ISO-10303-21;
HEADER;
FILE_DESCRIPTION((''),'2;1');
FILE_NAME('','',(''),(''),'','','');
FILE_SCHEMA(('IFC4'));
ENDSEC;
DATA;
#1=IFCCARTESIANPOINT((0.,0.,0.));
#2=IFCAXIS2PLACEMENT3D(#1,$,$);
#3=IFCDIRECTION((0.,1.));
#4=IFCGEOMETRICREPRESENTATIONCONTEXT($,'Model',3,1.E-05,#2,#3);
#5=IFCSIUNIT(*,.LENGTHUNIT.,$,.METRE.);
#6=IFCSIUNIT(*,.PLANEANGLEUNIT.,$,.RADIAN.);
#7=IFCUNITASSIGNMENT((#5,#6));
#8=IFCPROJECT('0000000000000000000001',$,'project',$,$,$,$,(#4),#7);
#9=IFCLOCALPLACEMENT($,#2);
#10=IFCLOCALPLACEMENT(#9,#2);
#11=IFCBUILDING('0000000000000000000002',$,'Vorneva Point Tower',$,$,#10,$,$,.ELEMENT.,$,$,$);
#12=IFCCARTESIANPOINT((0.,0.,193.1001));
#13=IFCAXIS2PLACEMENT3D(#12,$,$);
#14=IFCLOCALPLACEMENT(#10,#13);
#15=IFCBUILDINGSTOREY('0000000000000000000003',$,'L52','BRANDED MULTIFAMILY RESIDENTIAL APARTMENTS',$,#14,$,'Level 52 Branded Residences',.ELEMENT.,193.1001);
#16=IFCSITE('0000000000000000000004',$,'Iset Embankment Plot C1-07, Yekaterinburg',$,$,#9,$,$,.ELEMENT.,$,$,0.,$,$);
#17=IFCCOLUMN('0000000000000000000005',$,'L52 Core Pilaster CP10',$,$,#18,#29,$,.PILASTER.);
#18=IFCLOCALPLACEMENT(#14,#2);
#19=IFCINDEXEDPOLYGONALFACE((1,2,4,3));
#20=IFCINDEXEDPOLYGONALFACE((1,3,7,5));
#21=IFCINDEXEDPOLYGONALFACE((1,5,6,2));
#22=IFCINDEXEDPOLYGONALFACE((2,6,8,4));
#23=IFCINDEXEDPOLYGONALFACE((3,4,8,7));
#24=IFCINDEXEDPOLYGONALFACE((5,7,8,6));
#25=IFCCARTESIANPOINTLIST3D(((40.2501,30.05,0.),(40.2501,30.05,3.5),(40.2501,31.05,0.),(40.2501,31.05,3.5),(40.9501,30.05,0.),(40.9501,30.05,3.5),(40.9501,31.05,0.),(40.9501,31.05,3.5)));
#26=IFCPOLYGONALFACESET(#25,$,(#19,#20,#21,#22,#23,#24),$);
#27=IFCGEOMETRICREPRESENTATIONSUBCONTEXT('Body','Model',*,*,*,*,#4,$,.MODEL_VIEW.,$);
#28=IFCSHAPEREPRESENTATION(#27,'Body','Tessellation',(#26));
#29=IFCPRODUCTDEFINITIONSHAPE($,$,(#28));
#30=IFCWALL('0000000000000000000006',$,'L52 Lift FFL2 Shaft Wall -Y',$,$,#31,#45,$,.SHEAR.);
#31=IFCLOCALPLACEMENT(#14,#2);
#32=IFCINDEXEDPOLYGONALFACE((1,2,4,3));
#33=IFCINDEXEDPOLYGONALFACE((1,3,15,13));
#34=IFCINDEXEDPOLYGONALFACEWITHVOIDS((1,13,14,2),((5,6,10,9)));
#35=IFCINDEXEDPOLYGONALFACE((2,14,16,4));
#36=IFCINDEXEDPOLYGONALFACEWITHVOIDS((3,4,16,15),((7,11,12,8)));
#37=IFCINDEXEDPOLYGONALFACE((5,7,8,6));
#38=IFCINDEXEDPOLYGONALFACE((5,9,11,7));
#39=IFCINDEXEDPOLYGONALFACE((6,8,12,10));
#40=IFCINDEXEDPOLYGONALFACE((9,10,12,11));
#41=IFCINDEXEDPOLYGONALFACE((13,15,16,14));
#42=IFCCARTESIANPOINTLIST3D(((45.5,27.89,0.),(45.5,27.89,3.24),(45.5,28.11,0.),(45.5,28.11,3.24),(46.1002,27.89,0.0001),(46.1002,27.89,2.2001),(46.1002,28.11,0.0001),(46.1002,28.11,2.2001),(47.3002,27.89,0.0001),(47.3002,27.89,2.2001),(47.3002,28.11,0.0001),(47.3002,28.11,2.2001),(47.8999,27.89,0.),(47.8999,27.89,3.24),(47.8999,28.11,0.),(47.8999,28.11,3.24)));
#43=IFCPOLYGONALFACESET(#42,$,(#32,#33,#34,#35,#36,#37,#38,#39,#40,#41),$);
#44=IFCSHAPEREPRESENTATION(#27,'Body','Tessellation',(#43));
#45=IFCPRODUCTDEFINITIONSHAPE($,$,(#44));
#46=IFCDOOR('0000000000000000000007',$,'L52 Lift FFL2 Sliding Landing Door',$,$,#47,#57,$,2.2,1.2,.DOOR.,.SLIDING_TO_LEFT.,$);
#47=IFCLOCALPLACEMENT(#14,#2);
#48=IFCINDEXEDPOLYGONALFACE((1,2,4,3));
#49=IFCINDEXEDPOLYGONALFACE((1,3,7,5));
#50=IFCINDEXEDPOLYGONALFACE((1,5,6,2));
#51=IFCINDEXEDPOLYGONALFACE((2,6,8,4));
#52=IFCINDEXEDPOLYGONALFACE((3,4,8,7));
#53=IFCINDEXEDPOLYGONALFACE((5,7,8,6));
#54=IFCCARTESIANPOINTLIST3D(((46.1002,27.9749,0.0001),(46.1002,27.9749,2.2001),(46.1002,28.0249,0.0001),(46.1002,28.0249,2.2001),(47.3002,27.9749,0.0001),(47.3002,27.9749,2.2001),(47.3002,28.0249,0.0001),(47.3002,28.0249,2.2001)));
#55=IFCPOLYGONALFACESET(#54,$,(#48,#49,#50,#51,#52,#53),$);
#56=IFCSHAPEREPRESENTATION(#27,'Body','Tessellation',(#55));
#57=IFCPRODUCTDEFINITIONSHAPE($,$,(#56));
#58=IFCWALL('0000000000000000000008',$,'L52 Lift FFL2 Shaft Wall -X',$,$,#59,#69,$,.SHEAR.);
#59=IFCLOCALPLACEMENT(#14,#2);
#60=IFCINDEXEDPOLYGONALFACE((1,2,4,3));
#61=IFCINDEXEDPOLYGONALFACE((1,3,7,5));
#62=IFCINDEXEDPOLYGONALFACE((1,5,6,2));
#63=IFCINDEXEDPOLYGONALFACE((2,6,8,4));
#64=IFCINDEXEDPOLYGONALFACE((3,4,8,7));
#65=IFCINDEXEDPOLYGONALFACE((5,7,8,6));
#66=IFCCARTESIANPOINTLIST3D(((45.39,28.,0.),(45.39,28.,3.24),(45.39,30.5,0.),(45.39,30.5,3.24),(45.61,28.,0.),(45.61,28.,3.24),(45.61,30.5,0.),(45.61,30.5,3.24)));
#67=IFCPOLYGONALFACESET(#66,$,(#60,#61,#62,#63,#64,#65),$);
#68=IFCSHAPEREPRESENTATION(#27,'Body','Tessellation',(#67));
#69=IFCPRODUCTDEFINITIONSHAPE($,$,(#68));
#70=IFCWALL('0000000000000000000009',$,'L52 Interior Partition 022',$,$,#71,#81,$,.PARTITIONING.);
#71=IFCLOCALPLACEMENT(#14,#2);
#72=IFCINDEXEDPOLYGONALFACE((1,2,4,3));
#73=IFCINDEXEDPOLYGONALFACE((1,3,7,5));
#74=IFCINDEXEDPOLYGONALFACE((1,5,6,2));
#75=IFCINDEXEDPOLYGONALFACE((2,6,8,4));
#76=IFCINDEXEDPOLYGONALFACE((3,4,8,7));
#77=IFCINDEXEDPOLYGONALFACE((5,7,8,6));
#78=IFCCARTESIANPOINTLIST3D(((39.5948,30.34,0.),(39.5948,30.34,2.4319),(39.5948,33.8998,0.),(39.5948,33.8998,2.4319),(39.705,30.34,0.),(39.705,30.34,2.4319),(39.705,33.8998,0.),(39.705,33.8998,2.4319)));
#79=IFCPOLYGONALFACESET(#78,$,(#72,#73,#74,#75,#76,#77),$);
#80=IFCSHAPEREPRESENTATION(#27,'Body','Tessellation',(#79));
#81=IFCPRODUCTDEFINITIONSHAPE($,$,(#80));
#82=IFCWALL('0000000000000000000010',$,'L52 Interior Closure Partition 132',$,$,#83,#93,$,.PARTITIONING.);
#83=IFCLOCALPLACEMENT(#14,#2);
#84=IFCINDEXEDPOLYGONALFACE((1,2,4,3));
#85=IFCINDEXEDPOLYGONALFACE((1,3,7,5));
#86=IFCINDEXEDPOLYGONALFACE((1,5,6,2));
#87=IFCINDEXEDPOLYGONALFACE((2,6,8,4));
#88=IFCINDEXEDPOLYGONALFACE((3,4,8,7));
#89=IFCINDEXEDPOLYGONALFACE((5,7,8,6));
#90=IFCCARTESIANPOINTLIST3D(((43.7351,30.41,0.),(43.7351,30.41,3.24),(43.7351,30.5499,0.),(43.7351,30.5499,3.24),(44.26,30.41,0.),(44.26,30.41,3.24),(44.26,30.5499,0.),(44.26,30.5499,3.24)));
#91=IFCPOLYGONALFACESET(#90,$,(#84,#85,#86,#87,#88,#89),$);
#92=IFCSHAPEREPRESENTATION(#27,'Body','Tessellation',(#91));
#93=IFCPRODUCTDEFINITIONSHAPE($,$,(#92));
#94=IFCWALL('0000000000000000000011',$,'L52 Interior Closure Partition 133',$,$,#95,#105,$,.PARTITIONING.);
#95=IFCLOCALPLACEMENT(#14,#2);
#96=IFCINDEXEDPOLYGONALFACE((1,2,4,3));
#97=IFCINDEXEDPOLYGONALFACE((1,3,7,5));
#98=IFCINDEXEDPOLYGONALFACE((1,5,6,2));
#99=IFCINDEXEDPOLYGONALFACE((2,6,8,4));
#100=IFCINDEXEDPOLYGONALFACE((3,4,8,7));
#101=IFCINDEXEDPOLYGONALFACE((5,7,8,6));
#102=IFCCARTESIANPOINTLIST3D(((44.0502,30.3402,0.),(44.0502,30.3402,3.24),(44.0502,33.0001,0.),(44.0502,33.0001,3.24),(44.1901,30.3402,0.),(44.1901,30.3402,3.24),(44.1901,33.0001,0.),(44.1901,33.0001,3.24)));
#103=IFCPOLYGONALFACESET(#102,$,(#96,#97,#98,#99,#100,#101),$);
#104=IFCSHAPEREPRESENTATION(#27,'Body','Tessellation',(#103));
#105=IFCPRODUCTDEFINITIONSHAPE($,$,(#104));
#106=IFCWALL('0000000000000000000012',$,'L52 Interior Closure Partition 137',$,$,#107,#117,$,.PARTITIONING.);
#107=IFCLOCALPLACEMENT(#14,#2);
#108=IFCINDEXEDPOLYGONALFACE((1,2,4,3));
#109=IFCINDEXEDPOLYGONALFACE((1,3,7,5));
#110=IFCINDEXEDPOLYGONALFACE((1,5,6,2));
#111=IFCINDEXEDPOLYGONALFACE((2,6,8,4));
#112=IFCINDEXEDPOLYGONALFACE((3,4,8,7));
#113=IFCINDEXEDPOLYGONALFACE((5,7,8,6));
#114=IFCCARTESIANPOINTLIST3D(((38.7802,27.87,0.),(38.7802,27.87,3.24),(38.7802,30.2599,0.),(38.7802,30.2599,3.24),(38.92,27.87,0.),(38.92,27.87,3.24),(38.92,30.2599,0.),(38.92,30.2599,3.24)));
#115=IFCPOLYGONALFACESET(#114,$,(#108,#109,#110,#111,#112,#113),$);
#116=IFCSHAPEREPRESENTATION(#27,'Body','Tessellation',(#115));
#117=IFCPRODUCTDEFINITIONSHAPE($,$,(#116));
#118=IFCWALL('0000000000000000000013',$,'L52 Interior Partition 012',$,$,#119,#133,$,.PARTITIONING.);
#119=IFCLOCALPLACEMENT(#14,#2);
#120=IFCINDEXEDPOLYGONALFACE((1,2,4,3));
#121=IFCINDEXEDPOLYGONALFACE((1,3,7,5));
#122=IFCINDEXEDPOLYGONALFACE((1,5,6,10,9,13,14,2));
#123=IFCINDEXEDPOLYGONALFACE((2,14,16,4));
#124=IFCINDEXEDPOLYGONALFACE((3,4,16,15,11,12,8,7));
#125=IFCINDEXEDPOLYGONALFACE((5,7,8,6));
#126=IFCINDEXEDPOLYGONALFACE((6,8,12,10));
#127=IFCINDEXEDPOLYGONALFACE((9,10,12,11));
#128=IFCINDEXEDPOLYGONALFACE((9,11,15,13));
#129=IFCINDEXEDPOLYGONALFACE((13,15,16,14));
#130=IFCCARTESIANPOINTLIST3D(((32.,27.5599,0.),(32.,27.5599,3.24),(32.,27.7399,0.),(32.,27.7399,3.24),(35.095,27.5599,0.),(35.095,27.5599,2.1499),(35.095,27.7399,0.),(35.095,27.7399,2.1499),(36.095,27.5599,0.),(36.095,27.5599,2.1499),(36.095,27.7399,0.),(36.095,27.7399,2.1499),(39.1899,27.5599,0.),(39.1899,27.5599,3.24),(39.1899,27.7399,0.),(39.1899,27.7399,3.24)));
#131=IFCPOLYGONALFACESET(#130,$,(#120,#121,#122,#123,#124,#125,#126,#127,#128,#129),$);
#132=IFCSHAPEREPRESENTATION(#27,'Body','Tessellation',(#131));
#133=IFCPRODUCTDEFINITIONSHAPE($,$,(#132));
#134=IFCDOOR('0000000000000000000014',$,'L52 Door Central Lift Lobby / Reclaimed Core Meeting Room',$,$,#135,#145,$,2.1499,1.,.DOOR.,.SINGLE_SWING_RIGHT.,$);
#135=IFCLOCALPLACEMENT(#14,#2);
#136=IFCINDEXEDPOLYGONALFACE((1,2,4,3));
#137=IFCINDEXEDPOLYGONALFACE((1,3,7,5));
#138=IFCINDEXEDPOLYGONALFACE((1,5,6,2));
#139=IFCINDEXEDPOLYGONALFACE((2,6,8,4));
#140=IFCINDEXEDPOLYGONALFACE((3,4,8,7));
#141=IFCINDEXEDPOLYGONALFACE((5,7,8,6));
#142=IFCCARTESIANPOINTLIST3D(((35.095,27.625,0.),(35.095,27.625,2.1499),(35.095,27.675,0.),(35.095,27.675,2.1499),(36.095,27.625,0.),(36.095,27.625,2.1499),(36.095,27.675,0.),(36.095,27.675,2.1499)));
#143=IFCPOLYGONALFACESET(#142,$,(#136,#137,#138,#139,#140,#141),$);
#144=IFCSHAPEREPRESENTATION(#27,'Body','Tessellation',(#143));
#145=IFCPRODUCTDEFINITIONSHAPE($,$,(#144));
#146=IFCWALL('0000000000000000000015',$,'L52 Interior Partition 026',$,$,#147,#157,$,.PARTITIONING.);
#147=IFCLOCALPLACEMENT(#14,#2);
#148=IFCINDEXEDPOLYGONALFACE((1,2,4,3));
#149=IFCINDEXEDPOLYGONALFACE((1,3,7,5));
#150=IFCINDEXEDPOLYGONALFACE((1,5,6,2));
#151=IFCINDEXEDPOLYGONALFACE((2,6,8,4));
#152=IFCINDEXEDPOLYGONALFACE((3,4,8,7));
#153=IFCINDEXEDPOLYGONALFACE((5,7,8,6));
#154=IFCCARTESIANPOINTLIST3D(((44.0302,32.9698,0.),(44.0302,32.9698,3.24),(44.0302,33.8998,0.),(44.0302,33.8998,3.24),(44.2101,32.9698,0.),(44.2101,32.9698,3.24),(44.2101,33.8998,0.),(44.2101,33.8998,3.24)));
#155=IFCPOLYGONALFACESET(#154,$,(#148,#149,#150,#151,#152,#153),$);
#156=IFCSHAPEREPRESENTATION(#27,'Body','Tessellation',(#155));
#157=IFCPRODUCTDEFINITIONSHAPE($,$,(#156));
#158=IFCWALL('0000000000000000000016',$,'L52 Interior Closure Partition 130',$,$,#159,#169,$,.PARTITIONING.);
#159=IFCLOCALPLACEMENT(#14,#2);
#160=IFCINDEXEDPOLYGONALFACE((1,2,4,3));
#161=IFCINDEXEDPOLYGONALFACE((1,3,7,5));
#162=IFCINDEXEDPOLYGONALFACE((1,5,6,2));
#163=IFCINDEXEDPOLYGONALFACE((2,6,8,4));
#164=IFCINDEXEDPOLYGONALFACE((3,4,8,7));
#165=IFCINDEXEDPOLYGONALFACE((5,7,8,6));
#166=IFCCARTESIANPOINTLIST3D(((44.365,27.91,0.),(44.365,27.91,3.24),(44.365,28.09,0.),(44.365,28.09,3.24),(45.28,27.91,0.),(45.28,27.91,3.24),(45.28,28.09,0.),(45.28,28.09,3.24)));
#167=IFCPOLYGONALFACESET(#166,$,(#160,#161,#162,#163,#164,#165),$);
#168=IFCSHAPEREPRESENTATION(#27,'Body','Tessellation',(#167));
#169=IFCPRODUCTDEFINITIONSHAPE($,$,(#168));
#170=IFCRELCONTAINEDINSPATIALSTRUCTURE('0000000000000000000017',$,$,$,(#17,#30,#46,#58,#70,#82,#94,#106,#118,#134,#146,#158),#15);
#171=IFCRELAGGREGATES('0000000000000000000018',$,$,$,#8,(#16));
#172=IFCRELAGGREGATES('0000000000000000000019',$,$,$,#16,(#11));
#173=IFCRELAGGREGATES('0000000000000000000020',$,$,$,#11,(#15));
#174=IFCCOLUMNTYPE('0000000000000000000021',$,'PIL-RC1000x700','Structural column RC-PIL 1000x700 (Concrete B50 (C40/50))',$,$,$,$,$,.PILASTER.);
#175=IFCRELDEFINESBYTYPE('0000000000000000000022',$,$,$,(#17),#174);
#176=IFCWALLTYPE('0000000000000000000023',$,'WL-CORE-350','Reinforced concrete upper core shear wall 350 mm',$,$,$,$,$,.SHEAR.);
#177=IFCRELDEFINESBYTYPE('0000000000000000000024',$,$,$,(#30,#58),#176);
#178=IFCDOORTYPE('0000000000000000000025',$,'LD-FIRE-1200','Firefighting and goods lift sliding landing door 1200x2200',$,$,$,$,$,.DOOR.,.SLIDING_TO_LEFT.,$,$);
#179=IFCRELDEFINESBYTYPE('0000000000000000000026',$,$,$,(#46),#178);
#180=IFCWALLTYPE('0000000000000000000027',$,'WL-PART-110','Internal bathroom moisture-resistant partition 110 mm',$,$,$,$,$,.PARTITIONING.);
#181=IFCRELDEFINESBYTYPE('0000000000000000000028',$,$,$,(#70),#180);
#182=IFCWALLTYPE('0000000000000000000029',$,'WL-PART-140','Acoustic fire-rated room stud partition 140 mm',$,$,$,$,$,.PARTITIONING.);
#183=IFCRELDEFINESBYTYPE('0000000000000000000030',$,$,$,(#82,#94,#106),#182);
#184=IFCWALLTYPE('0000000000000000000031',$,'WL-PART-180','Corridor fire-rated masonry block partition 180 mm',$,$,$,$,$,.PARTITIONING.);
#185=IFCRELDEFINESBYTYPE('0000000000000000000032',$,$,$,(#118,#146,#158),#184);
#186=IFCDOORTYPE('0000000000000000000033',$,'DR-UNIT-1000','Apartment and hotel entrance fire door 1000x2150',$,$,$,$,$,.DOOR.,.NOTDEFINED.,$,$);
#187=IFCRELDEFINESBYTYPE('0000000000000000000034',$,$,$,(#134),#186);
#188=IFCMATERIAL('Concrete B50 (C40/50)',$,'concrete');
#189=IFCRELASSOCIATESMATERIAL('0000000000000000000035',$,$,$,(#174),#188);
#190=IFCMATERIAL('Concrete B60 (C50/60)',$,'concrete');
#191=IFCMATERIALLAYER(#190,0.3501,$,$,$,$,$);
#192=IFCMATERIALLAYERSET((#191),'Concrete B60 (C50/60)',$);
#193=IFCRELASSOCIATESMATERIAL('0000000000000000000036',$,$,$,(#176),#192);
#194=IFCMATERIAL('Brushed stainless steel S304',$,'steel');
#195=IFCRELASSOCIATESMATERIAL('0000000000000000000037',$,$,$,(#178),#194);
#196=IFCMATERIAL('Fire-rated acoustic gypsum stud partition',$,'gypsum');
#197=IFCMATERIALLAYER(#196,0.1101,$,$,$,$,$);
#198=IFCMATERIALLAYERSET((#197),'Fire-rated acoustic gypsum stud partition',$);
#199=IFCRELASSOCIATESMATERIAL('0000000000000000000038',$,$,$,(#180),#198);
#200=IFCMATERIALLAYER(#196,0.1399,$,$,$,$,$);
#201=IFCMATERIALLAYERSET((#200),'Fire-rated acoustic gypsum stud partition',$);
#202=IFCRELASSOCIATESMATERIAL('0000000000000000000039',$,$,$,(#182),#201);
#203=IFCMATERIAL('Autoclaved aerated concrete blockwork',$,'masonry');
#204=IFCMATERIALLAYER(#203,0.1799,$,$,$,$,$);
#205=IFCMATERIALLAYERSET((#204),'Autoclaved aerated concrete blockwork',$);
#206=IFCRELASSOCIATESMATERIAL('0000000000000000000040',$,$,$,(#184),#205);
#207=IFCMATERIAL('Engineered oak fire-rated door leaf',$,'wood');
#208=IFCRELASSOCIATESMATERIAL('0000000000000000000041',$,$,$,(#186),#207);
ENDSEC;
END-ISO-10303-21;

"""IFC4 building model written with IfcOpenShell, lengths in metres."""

from ifc_helpers import new_model, si_unit, direction, frame, frame_2d, origin, origin_2d, place, context, subcontext, project, spatial, rectangle, extrude, material, layer, layer_set, material_profile, profile_set, type_object, element, fill, save


model = new_model("IFC4")

# Units and contexts
model_context = context("Model", 3, precision=1e-05, world=origin(), true_north=direction((0.0, 1.0)))
body_context = subcontext(model_context, "Body", "Model", "MODEL_VIEW")
ifc_project = project(units=[si_unit("LENGTHUNIT", "METRE"), si_unit("PLANEANGLEUNIT", "RADIAN")], contexts=[model_context])

# Site, building, storey
site_placement = place(None, origin())
site = spatial("IfcSite", under=ifc_project, at=site_placement, Name="Iset Embankment Plot C1-07, Yekaterinburg", CompositionType="ELEMENT", RefElevation=0.0)
building_placement = place(site_placement, origin())
building = spatial("IfcBuilding", under=site, at=building_placement, Name="Vorneva Point Tower", CompositionType="ELEMENT")
storey_placement = place(building_placement, frame((0.0, 0.0, 193.1001)))
storey = spatial("IfcBuildingStorey", under=building, at=storey_placement, Name="L52", Description="BRANDED MULTIFAMILY RESIDENTIAL APARTMENTS", LongName="Level 52 Branded Residences", CompositionType="ELEMENT", Elevation=193.1001)

# Column
ifc_material_1 = material(Name="Concrete B50 (C40/50)", Category="concrete")
ifc_material_profile = material_profile(ifc_material_1, rectangle(XDim=0.7, YDim=1.0, at=origin_2d()), Name="RC-PIL 1000x700")
ifc_profile_set = profile_set([ifc_material_profile], Name="Concrete B50 (C40/50)")
column_type = type_object("IfcColumnType", Name="PIL-RC1000x700", Description="Structural column RC-PIL 1000x700 (Concrete B50 (C40/50))", PredefinedType="PILASTER", material=ifc_profile_set)
column_placement = place(storey_placement, frame((40.6001, 30.55, 0.0), z_axis=(0.0, 0.0, 1.0), x_axis=(1.0, 0.0, 0.0)))
element("IfcColumn", 1, at=column_placement, inside=storey, type_object=column_type, Name="L52 Core Pilaster CP10", PredefinedType="PILASTER", context=body_context, shape_type="SweptSolid", body=[
    extrude(rectangle(XDim=0.7, YDim=1.0, at=origin_2d()), origin(), (0.0, 0.0, 1.0), 3.5),
])

# Wall, opening, door
ifc_material_2 = material(Name="Concrete B60 (C50/60)", Category="concrete")
ifc_layer_1 = layer(ifc_material_2, 0.3501)
ifc_layer_set_1 = layer_set([ifc_layer_1], Name="Concrete B60 (C50/60)")
wall_type_1 = type_object("IfcWallType", Name="WL-CORE-350", Description="Reinforced concrete upper core shear wall 350 mm", PredefinedType="SHEAR", material=ifc_layer_set_1)
wall_1_placement = place(storey_placement, frame((45.5, 28.0, 0.0), z_axis=(0.0, 0.0, 1.0), x_axis=(1.0, 0.0, 0.0)))
wall_1 = element("IfcWall", 2, at=wall_1_placement, inside=storey, type_object=wall_type_1, Name="L52 Lift FFL2 Shaft Wall -Y", PredefinedType="SHEAR", context=body_context, shape_type="SweptSolid", body=[
    extrude(rectangle(XDim=2.3999, YDim=0.22, at=frame_2d((1.2, 0.0))), origin(), (0.0, 0.0, 1.0), 3.24),
])
opening_1_placement = place(wall_1_placement, frame((0.6001, 0.0, 0.0)))
opening_1 = element("IfcOpeningElement", 3, at=opening_1_placement, cuts=wall_1, PredefinedType="OPENING", context=body_context, shape_type="SweptSolid", body=[
    extrude(rectangle(XDim=1.2, YDim=2.2, at=frame_2d((0.6001, 1.1001))), frame((0.0, 0.125, 0.0), z_axis=(0.0, -1.0, 0.0), x_axis=(1.0, 0.0, 0.0)), (0.0, 0.0, 1.0), 0.2498),
])
ifc_material_3 = material(Name="Brushed stainless steel S304", Category="steel")
door_type_1 = type_object("IfcDoorType", Name="LD-FIRE-1200", Description="Firefighting and goods lift sliding landing door 1200x2200", OperationType="SLIDING_TO_LEFT", PredefinedType="DOOR", material=ifc_material_3)
door_1_placement = place(opening_1_placement, origin())
door_1 = element("IfcDoor", 4, at=door_1_placement, inside=storey, type_object=door_type_1, Name="L52 Lift FFL2 Sliding Landing Door", OperationType="SLIDING_TO_LEFT", OverallHeight=2.2, OverallWidth=1.2, PredefinedType="DOOR", context=body_context, shape_type="SweptSolid", body=[
    extrude(rectangle(XDim=1.2, YDim=2.2, at=frame_2d((0.6001, 1.1001))), frame((0.0, 0.0249, 0.0), z_axis=(0.0, -1.0, 0.0), x_axis=(1.0, 0.0, 0.0)), (0.0, 0.0, 1.0), 0.05),
])
fill(opening_1, door_1)

# Walls
wall_2_placement = place(storey_placement, frame((45.5, 30.5, 0.0), z_axis=(0.0, 0.0, 1.0), x_axis=(0.0, -1.0, 0.0)))
element("IfcWall", 5, at=wall_2_placement, inside=storey, type_object=wall_type_1, Name="L52 Lift FFL2 Shaft Wall -X", PredefinedType="SHEAR", context=body_context, shape_type="SweptSolid", body=[
    extrude(rectangle(XDim=2.5, YDim=0.22, at=frame_2d((1.25, 0.0))), origin(), (0.0, 0.0, 1.0), 3.24),
])
ifc_material_4 = material(Name="Fire-rated acoustic gypsum stud partition", Category="gypsum")
ifc_layer_2 = layer(ifc_material_4, 0.1101)
ifc_layer_set_2 = layer_set([ifc_layer_2], Name="Fire-rated acoustic gypsum stud partition")
wall_type_2 = type_object("IfcWallType", Name="WL-PART-110", Description="Internal bathroom moisture-resistant partition 110 mm", PredefinedType="PARTITIONING", material=ifc_layer_set_2)
wall_3_placement = place(storey_placement, frame((39.6499, 30.3401, 0.0), z_axis=(0.0, 0.0, 1.0), x_axis=(0.0, 1.0, 0.0)))
element("IfcWall", 6, at=wall_3_placement, inside=storey, type_object=wall_type_2, Name="L52 Interior Partition 022", PredefinedType="PARTITIONING", context=body_context, shape_type="SweptSolid", body=[
    extrude(rectangle(XDim=3.5598, YDim=0.1101, at=frame_2d((1.7798, 0.0))), origin(), (0.0, 0.0, 1.0), 2.4319),
])
ifc_layer_3 = layer(ifc_material_4, 0.1399)
ifc_layer_set_3 = layer_set([ifc_layer_3], Name="Fire-rated acoustic gypsum stud partition")
wall_type_3 = type_object("IfcWallType", Name="WL-PART-140", Description="Acoustic fire-rated room stud partition 140 mm", PredefinedType="PARTITIONING", material=ifc_layer_set_3)
wall_4_placement = place(storey_placement, frame((43.7351, 30.48, 0.0), z_axis=(0.0, 0.0, 1.0), x_axis=(1.0, 0.0, 0.0)))
element("IfcWall", 7, at=wall_4_placement, inside=storey, type_object=wall_type_3, Name="L52 Interior Closure Partition 132", PredefinedType="PARTITIONING", context=body_context, shape_type="SweptSolid", body=[
    extrude(rectangle(XDim=0.5249, YDim=0.1399, at=frame_2d((0.2625, 0.0))), origin(), (0.0, 0.0, 1.0), 3.24),
])
wall_5_placement = place(storey_placement, frame((44.1201, 30.3401, 0.0), z_axis=(0.0, 0.0, 1.0), x_axis=(0.0, 1.0, 0.0)))
element("IfcWall", 8, at=wall_5_placement, inside=storey, type_object=wall_type_3, Name="L52 Interior Closure Partition 133", PredefinedType="PARTITIONING", context=body_context, shape_type="SweptSolid", body=[
    extrude(rectangle(XDim=2.6599, YDim=0.1399, at=frame_2d((1.3301, 0.0))), origin(), (0.0, 0.0, 1.0), 3.24),
])
wall_6_placement = place(storey_placement, frame((38.8501, 27.8701, 0.0), z_axis=(0.0, 0.0, 1.0), x_axis=(0.0, 1.0, 0.0)))
element("IfcWall", 9, at=wall_6_placement, inside=storey, type_object=wall_type_3, Name="L52 Interior Closure Partition 137", PredefinedType="PARTITIONING", context=body_context, shape_type="SweptSolid", body=[
    extrude(rectangle(XDim=2.3899, YDim=0.1399, at=frame_2d((1.1948, 0.0))), origin(), (0.0, 0.0, 1.0), 3.24),
])

# Wall, opening, door
ifc_material_5 = material(Name="Autoclaved aerated concrete blockwork", Category="masonry")
ifc_layer_4 = layer(ifc_material_5, 0.1799)
ifc_layer_set_4 = layer_set([ifc_layer_4], Name="Autoclaved aerated concrete blockwork")
wall_type_4 = type_object("IfcWallType", Name="WL-PART-180", Description="Corridor fire-rated masonry block partition 180 mm", PredefinedType="PARTITIONING", material=ifc_layer_set_4)
wall_7_placement = place(storey_placement, frame((39.1899, 27.6499, 0.0), z_axis=(0.0, 0.0, 1.0), x_axis=(-1.0, 0.0, 0.0)))
wall_7 = element("IfcWall", 10, at=wall_7_placement, inside=storey, type_object=wall_type_4, Name="L52 Interior Partition 012", PredefinedType="PARTITIONING", context=body_context, shape_type="SweptSolid", body=[
    extrude(rectangle(XDim=7.1899, YDim=0.1799, at=frame_2d((3.595, 0.0))), origin(), (0.0, 0.0, 1.0), 3.24),
])
opening_2_placement = place(wall_7_placement, frame((3.095, 0.0, 0.0)))
opening_2 = element("IfcOpeningElement", 11, at=opening_2_placement, cuts=wall_7, PredefinedType="OPENING", context=body_context, shape_type="SweptSolid", body=[
    extrude(rectangle(XDim=1.0, YDim=2.1499, at=frame_2d((0.5, 1.075))), frame((0.0, 0.105, 0.0), z_axis=(0.0, -1.0, 0.0), x_axis=(1.0, 0.0, 0.0)), (0.0, 0.0, 1.0), 0.2097),
])
ifc_material_6 = material(Name="Engineered oak fire-rated door leaf", Category="wood")
door_type_2 = type_object("IfcDoorType", Name="DR-UNIT-1000", Description="Apartment and hotel entrance fire door 1000x2150", OperationType="NOTDEFINED", PredefinedType="DOOR", material=ifc_material_6)
door_2_placement = place(opening_2_placement, origin())
door_2 = element("IfcDoor", 12, at=door_2_placement, inside=storey, type_object=door_type_2, Name="L52 Door Central Lift Lobby / Reclaimed Core Meeting Room", OperationType="SINGLE_SWING_RIGHT", OverallHeight=2.1499, OverallWidth=1.0, PredefinedType="DOOR", context=body_context, shape_type="SweptSolid", body=[
    extrude(rectangle(XDim=1.0, YDim=2.1499, at=frame_2d((0.5, 1.075))), frame((0.0, 0.0249, 0.0), z_axis=(0.0, -1.0, 0.0), x_axis=(1.0, 0.0, 0.0)), (0.0, 0.0, 1.0), 0.05),
])
fill(opening_2, door_2)

# Walls
wall_8_placement = place(storey_placement, frame((44.1201, 32.97, 0.0), z_axis=(0.0, 0.0, 1.0), x_axis=(0.0, 1.0, 0.0)))
element("IfcWall", 13, at=wall_8_placement, inside=storey, type_object=wall_type_4, Name="L52 Interior Partition 026", PredefinedType="PARTITIONING", context=body_context, shape_type="SweptSolid", body=[
    extrude(rectangle(XDim=0.9299, YDim=0.1799, at=frame_2d((0.4648, 0.0))), origin(), (0.0, 0.0, 1.0), 3.24),
])
wall_9_placement = place(storey_placement, frame((45.28, 28.0, 0.0), z_axis=(0.0, 0.0, 1.0), x_axis=(-1.0, 0.0, 0.0)))
element("IfcWall", 14, at=wall_9_placement, inside=storey, type_object=wall_type_4, Name="L52 Interior Closure Partition 130", PredefinedType="PARTITIONING", context=body_context, shape_type="SweptSolid", body=[
    extrude(rectangle(XDim=0.915, YDim=0.1799, at=frame_2d((0.4575, 0.0))), origin(), (0.0, 0.0, 1.0), 3.24),
])

save(model, "model.ifc")
